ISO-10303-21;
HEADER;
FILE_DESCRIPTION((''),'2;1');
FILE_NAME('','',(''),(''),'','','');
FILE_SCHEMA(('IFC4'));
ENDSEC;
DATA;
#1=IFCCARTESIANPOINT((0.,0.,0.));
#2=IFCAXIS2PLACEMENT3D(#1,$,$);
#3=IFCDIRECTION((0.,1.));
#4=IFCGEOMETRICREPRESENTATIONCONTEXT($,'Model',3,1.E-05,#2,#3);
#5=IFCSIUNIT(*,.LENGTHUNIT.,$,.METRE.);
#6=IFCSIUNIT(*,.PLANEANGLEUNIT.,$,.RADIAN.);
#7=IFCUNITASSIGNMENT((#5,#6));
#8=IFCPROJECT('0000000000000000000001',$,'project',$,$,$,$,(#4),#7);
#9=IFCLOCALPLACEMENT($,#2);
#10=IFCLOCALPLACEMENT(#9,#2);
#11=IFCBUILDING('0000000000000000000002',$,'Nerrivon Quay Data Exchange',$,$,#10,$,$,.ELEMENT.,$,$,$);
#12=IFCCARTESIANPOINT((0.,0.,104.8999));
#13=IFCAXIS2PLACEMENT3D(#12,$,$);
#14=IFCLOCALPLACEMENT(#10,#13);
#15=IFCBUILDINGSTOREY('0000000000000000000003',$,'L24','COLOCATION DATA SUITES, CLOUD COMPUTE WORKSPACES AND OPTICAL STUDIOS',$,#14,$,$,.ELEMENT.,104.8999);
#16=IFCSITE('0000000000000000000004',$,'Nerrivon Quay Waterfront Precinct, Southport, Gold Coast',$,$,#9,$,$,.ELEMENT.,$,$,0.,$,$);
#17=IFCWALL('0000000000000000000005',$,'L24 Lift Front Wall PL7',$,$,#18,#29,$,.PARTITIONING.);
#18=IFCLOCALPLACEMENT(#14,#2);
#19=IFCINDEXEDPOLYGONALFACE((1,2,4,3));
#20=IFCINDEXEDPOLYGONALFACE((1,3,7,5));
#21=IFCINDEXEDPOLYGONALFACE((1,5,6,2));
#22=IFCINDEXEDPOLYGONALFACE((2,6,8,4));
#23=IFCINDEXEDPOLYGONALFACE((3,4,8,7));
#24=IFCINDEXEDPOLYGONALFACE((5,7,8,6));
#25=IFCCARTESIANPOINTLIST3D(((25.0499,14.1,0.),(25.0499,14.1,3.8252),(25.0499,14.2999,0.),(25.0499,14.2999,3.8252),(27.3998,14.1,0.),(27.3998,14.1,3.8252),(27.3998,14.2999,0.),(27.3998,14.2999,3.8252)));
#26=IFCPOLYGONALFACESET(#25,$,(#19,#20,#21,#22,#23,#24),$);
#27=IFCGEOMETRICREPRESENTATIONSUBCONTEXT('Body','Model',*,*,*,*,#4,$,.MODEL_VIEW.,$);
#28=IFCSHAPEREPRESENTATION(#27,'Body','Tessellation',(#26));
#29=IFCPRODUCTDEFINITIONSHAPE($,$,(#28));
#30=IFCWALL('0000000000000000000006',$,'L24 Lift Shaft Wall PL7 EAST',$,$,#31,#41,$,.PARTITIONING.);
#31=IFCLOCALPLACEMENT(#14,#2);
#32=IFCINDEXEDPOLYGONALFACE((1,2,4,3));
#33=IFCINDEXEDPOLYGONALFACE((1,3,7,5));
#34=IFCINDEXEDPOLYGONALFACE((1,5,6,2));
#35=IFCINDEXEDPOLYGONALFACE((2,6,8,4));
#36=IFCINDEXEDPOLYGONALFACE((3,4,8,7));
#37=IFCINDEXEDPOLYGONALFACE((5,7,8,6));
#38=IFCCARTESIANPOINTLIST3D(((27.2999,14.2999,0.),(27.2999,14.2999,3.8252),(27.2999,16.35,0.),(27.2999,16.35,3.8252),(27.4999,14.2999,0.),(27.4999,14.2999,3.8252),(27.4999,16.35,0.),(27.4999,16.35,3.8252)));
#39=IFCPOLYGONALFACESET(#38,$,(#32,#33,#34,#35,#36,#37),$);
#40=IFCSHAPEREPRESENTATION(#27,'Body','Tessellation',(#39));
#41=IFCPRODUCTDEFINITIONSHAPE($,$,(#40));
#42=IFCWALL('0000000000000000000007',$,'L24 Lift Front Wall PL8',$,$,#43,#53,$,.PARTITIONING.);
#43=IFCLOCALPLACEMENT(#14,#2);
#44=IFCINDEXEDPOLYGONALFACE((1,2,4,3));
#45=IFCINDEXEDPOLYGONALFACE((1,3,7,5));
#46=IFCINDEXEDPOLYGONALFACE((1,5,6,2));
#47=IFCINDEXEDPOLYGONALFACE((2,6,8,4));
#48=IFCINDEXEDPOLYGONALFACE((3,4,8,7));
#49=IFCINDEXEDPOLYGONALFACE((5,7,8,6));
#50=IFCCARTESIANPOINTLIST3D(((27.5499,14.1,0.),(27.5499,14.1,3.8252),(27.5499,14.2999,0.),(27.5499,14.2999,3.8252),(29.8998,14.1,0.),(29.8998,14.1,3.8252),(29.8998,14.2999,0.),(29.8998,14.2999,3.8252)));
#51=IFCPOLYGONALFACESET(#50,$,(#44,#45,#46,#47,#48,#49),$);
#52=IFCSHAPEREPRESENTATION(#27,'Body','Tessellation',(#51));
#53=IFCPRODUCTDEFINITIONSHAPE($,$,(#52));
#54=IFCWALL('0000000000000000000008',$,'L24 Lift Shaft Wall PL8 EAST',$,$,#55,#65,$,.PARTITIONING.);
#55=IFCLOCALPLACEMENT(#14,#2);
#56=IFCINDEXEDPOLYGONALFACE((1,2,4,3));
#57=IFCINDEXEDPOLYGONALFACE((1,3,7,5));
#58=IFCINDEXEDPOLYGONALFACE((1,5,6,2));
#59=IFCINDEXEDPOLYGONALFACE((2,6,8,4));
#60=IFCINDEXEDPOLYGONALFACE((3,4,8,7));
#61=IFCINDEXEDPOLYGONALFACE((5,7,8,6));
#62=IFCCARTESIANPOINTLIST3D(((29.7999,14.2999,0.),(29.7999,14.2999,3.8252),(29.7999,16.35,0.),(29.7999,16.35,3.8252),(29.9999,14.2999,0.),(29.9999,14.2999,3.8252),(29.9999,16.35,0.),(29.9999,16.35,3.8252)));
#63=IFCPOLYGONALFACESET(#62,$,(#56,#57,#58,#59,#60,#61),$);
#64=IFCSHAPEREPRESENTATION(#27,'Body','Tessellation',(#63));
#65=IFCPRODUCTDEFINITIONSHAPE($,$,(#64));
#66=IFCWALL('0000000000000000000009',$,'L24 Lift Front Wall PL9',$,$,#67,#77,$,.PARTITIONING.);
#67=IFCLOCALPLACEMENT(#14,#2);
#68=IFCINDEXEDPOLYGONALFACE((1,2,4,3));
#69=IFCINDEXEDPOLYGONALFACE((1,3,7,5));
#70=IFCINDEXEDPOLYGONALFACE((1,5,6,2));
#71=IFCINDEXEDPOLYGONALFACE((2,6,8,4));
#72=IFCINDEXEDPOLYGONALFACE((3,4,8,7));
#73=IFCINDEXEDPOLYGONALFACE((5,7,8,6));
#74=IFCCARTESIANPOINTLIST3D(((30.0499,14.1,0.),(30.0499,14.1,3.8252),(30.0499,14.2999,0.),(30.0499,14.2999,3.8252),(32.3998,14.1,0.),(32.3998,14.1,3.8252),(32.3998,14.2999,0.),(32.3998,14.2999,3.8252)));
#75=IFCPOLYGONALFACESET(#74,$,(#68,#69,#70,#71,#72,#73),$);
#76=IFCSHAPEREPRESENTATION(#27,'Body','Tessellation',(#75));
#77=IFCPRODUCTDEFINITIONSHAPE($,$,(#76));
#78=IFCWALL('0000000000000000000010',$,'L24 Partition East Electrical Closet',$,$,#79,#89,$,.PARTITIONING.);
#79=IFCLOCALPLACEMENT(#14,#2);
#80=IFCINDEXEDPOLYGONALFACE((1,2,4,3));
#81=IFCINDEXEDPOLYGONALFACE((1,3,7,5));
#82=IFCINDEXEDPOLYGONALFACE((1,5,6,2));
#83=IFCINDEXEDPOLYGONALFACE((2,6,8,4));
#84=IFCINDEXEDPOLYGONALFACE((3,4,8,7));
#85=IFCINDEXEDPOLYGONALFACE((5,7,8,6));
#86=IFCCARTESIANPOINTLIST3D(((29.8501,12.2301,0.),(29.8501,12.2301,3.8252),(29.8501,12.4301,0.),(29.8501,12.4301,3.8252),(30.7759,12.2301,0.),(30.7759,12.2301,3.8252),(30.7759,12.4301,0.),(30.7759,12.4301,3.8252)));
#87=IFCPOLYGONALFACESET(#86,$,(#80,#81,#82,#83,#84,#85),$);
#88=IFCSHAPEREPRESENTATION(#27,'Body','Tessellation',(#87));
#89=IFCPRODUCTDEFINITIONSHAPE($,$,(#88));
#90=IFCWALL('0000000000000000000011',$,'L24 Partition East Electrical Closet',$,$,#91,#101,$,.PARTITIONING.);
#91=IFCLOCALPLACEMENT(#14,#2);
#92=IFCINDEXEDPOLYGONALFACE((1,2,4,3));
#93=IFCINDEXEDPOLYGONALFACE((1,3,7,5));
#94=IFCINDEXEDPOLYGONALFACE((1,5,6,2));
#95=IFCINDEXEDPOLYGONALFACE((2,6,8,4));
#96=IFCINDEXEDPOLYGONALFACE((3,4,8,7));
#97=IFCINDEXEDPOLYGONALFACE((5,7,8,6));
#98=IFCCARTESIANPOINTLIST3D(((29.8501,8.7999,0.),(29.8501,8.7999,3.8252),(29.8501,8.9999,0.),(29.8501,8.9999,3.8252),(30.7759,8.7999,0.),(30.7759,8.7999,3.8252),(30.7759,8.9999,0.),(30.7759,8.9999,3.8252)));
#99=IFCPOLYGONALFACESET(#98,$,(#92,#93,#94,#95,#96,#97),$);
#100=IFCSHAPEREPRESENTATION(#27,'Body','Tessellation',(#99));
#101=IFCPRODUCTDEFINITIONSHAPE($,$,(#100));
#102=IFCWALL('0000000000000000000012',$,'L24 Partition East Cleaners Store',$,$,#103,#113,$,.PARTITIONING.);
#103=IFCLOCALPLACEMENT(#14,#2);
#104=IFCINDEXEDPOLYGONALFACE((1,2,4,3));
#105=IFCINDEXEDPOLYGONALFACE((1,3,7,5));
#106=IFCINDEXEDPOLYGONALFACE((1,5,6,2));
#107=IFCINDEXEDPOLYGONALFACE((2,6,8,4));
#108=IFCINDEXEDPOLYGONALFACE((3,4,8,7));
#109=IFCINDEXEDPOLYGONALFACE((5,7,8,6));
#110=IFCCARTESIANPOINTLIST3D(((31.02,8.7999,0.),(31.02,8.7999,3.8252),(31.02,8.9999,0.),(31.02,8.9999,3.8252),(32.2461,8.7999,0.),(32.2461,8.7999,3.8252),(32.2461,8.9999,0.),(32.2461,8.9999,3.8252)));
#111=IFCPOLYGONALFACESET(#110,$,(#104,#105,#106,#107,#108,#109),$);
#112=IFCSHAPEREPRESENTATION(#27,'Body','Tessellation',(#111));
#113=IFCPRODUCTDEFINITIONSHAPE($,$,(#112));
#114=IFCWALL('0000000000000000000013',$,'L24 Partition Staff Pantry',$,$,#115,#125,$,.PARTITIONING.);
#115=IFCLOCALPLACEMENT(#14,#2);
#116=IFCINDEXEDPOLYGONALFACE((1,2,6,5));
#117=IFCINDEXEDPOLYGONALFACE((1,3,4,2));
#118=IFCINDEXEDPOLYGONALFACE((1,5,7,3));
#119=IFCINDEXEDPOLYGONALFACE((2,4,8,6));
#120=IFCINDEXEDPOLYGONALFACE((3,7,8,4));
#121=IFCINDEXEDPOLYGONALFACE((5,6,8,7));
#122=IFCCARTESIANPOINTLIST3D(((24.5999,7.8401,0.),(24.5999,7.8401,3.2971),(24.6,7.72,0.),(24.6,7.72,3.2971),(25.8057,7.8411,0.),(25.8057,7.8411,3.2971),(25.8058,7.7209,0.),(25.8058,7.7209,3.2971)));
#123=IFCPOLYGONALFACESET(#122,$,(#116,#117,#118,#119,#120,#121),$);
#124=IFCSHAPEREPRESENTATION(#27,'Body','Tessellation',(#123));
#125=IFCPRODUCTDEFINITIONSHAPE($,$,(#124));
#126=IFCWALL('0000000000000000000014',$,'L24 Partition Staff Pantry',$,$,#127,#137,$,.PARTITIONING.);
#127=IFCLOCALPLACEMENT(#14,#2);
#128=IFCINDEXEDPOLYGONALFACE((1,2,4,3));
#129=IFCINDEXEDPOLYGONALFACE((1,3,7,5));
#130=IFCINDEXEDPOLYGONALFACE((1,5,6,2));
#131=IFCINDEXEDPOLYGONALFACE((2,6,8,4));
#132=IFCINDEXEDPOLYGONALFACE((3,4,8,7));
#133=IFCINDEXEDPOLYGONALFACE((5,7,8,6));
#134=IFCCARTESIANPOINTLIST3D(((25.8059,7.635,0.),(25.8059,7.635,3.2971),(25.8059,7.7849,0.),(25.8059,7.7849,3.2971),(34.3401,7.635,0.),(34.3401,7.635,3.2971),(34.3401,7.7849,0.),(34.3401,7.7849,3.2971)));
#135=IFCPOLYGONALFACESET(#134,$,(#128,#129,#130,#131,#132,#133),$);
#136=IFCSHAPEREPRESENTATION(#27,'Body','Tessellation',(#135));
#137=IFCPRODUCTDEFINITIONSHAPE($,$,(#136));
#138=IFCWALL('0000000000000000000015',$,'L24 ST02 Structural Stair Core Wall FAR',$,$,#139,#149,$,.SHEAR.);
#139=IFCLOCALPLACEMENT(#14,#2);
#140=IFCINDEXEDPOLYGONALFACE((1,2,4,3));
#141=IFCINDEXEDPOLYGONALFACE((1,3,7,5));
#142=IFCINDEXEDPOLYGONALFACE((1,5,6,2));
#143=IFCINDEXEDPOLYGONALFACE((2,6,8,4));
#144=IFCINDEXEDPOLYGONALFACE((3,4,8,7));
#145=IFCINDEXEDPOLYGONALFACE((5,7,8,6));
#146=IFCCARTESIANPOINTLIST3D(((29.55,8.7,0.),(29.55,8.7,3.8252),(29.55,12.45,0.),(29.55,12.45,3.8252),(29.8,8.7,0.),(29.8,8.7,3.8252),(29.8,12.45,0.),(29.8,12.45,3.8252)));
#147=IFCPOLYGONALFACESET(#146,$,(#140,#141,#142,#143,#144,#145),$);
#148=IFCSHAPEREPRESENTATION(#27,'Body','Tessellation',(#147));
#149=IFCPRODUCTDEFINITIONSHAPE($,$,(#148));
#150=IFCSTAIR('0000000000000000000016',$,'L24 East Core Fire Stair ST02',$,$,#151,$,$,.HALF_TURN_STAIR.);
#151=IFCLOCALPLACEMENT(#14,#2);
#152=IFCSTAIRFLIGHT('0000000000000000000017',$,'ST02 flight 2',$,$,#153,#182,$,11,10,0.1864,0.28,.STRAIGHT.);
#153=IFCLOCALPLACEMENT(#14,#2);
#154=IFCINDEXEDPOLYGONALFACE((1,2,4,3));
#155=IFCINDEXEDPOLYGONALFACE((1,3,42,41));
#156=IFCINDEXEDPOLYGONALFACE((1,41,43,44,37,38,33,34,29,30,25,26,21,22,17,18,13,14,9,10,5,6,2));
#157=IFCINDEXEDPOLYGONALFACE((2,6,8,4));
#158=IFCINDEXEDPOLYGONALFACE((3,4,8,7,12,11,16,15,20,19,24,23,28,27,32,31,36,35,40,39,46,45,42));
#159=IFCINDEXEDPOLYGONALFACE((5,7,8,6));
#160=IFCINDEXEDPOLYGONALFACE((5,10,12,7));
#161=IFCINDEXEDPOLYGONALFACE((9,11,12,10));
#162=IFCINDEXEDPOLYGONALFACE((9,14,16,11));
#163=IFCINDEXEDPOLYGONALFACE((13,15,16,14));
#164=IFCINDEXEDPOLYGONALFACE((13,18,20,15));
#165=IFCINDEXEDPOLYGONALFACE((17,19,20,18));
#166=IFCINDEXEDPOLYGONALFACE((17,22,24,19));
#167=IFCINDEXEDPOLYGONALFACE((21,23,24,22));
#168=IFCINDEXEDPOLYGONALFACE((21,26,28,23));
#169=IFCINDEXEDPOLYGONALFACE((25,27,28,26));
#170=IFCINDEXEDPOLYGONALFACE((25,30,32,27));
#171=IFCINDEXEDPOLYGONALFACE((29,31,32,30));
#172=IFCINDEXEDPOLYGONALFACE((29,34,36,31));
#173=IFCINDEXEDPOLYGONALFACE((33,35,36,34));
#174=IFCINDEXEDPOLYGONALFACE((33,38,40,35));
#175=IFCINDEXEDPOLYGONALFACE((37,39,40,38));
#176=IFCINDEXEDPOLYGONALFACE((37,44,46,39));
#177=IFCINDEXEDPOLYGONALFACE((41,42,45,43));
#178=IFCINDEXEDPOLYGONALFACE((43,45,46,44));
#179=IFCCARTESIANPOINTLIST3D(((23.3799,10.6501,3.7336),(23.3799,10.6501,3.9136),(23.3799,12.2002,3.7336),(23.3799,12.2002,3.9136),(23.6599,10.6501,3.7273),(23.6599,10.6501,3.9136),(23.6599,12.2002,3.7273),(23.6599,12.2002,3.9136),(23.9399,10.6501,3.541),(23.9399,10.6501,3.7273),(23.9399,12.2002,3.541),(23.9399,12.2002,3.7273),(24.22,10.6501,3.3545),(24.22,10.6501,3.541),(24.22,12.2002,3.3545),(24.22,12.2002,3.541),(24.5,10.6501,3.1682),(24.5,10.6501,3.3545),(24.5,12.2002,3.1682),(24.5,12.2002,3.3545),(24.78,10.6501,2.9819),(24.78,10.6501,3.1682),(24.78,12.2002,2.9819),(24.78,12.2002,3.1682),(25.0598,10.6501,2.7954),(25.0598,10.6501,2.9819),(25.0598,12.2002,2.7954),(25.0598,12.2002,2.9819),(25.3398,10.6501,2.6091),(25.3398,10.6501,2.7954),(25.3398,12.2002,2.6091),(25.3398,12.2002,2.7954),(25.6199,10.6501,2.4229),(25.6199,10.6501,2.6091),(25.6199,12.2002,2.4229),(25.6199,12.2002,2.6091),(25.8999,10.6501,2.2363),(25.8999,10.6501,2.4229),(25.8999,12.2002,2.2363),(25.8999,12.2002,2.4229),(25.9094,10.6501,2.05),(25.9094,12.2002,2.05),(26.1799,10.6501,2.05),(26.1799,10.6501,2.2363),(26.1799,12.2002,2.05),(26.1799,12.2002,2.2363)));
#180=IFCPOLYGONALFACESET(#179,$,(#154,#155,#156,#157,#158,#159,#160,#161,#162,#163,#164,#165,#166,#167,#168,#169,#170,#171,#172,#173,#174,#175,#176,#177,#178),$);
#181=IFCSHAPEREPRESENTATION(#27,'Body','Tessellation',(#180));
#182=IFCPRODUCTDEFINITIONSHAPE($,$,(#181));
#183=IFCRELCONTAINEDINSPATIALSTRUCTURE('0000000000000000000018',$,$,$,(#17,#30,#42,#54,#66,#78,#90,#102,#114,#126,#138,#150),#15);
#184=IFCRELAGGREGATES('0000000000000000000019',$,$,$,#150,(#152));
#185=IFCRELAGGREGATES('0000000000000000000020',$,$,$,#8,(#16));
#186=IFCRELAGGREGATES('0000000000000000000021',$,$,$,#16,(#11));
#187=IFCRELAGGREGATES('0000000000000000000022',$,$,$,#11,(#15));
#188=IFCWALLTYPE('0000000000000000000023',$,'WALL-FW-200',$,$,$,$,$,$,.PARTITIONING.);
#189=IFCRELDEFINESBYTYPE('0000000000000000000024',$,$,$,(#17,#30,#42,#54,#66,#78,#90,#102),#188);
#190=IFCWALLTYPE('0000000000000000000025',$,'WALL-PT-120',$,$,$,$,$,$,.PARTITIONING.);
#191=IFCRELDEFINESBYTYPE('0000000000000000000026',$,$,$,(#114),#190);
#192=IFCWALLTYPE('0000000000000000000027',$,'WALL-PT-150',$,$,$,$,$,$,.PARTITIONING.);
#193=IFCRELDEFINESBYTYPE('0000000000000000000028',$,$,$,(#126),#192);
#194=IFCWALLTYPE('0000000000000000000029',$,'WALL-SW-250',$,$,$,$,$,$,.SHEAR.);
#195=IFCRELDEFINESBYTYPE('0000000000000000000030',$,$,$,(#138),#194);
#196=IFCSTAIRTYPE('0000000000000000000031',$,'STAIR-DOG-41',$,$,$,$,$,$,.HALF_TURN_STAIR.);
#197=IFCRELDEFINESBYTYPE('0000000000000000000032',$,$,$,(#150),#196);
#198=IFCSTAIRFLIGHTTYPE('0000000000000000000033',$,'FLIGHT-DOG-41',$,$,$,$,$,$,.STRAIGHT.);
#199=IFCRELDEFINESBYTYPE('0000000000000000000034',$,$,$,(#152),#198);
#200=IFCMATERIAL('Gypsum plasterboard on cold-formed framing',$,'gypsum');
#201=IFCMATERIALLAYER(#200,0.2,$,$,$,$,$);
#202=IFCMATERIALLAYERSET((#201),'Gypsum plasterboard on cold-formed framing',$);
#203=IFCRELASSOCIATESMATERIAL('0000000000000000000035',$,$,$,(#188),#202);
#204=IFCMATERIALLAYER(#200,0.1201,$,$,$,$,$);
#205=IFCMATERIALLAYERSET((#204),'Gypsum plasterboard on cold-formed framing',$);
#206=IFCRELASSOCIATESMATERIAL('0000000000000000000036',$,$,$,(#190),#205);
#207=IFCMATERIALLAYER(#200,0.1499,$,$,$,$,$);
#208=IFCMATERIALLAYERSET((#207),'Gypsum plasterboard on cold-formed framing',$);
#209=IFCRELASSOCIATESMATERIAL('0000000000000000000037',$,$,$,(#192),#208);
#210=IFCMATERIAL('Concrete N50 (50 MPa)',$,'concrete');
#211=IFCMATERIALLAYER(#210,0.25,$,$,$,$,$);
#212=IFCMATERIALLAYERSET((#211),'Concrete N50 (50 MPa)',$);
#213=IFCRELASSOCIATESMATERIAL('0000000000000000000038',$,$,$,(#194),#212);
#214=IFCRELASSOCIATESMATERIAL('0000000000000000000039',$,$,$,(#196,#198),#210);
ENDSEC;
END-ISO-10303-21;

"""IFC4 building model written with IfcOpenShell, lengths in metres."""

from ifc_helpers import new_model, si_unit, direction, frame, frame_2d, origin, place, context, subcontext, project, spatial, polyline, rectangle, outline, extrude, material, layer, layer_set, type_object, element, aggregate, save


model = new_model("IFC4")

# Units and contexts
model_context = context("Model", 3, precision=1e-05, world=origin(), true_north=direction((0.0, 1.0)))
body_context = subcontext(model_context, "Body", "Model", "MODEL_VIEW")
ifc_project = project(units=[si_unit("LENGTHUNIT", "METRE"), si_unit("PLANEANGLEUNIT", "RADIAN")], contexts=[model_context])

# Site, building, storey
site_placement = place(None, origin())
site = spatial("IfcSite", under=ifc_project, at=site_placement, Name="Nerrivon Quay Waterfront Precinct, Southport, Gold Coast", CompositionType="ELEMENT", RefElevation=0.0)
building_placement = place(site_placement, origin())
building = spatial("IfcBuilding", under=site, at=building_placement, Name="Nerrivon Quay Data Exchange", CompositionType="ELEMENT")
storey_placement = place(building_placement, frame((0.0, 0.0, 104.8999)))
storey = spatial("IfcBuildingStorey", under=building, at=storey_placement, Name="L24", Description="COLOCATION DATA SUITES, CLOUD COMPUTE WORKSPACES AND OPTICAL STUDIOS", CompositionType="ELEMENT", Elevation=104.8999)

# Shared definitions
ifc_material_1 = material(Name="Concrete N50 (50 MPa)", Category="concrete")

# Walls
ifc_material_2 = material(Name="Gypsum plasterboard on cold-formed framing", Category="gypsum")
ifc_layer_1 = layer(ifc_material_2, 0.2)
ifc_layer_set_1 = layer_set([ifc_layer_1], Name="Gypsum plasterboard on cold-formed framing")
wall_type_1 = type_object("IfcWallType", Name="WALL-FW-200", PredefinedType="PARTITIONING", material=ifc_layer_set_1)
wall_1_placement = place(storey_placement, frame((25.05, 14.2, 0.0), z_axis=(0.0, 0.0, 1.0), x_axis=(1.0, 0.0, 0.0)))
element("IfcWall", 1, at=wall_1_placement, inside=storey, type_object=wall_type_1, Name="L24 Lift Front Wall PL7", PredefinedType="PARTITIONING", context=body_context, shape_type="SweptSolid", body=[
    extrude(rectangle(XDim=2.3499, YDim=0.2, at=frame_2d((1.1748, 0.0))), origin(), (0.0, 0.0, 1.0), 3.8252),
])
wall_2_placement = place(storey_placement, frame((27.3999, 14.3, 0.0), z_axis=(0.0, 0.0, 1.0), x_axis=(0.0, 1.0, 0.0)))
element("IfcWall", 2, at=wall_2_placement, inside=storey, type_object=wall_type_1, Name="L24 Lift Shaft Wall PL7 EAST", PredefinedType="PARTITIONING", context=body_context, shape_type="SweptSolid", body=[
    extrude(rectangle(XDim=2.05, YDim=0.2, at=frame_2d((1.0249, 0.0))), origin(), (0.0, 0.0, 1.0), 3.8252),
])
wall_3_placement = place(storey_placement, frame((27.55, 14.2, 0.0), z_axis=(0.0, 0.0, 1.0), x_axis=(1.0, 0.0, 0.0)))
element("IfcWall", 3, at=wall_3_placement, inside=storey, type_object=wall_type_1, Name="L24 Lift Front Wall PL8", PredefinedType="PARTITIONING", context=body_context, shape_type="SweptSolid", body=[
    extrude(rectangle(XDim=2.3499, YDim=0.2, at=frame_2d((1.1748, 0.0))), origin(), (0.0, 0.0, 1.0), 3.8252),
])
wall_4_placement = place(storey_placement, frame((29.8999, 14.3, 0.0), z_axis=(0.0, 0.0, 1.0), x_axis=(0.0, 1.0, 0.0)))
element("IfcWall", 4, at=wall_4_placement, inside=storey, type_object=wall_type_1, Name="L24 Lift Shaft Wall PL8 EAST", PredefinedType="PARTITIONING", context=body_context, shape_type="SweptSolid", body=[
    extrude(rectangle(XDim=2.05, YDim=0.2, at=frame_2d((1.0249, 0.0))), origin(), (0.0, 0.0, 1.0), 3.8252),
])
wall_5_placement = place(storey_placement, frame((30.05, 14.2, 0.0), z_axis=(0.0, 0.0, 1.0), x_axis=(1.0, 0.0, 0.0)))
element("IfcWall", 5, at=wall_5_placement, inside=storey, type_object=wall_type_1, Name="L24 Lift Front Wall PL9", PredefinedType="PARTITIONING", context=body_context, shape_type="SweptSolid", body=[
    extrude(rectangle(XDim=2.3499, YDim=0.2, at=frame_2d((1.1748, 0.0))), origin(), (0.0, 0.0, 1.0), 3.8252),
])

# Walls
for number, where, z_axis, x_axis, name in (
    (6, (30.7759, 12.3301, 0.0), (0.0, 0.0, 1.0), (-1.0, 0.0, 0.0), "L24 Partition East Electrical Closet"),
    (7, (29.8501, 8.8999, 0.0), (0.0, 0.0, 1.0), (1.0, 0.0, 0.0), "L24 Partition East Electrical Closet"),
):
    element("IfcWall", number, at=place(storey_placement, frame(where, z_axis=z_axis, x_axis=x_axis)), inside=storey, type_object=wall_type_1, Name=name, PredefinedType="PARTITIONING", context=body_context, shape_type="SweptSolid", body=[
        extrude(rectangle(XDim=0.9258, YDim=0.2, at=frame_2d((0.4629, 0.0))), origin(), (0.0, 0.0, 1.0), 3.8252),
    ])

# Walls
wall_6_placement = place(storey_placement, frame((31.02, 8.8999, 0.0), z_axis=(0.0, 0.0, 1.0), x_axis=(1.0, 0.0, 0.0)))
element("IfcWall", 8, at=wall_6_placement, inside=storey, type_object=wall_type_1, Name="L24 Partition East Cleaners Store", PredefinedType="PARTITIONING", context=body_context, shape_type="SweptSolid", body=[
    extrude(rectangle(XDim=1.2261, YDim=0.2, at=frame_2d((0.613, 0.0))), origin(), (0.0, 0.0, 1.0), 3.8252),
])
ifc_layer_2 = layer(ifc_material_2, 0.1201)
ifc_layer_set_2 = layer_set([ifc_layer_2], Name="Gypsum plasterboard on cold-formed framing")
wall_type_2 = type_object("IfcWallType", Name="WALL-PT-120", PredefinedType="PARTITIONING", material=ifc_layer_set_2)
wall_7_placement = place(storey_placement, frame((25.8059, 7.781, 0.0), z_axis=(0.0, 0.0, 1.0), x_axis=(-1.0, -0.00081, 0.0)))
element("IfcWall", 9, at=wall_7_placement, inside=storey, type_object=wall_type_2, Name="L24 Partition Staff Pantry", PredefinedType="PARTITIONING", context=body_context, shape_type="SweptSolid", body=[
    extrude(rectangle(XDim=1.2058, YDim=0.1201, at=frame_2d((0.603, 0.0))), origin(), (0.0, 0.0, 1.0), 3.2971),
])
ifc_layer_3 = layer(ifc_material_2, 0.1499)
ifc_layer_set_3 = layer_set([ifc_layer_3], Name="Gypsum plasterboard on cold-formed framing")
wall_type_3 = type_object("IfcWallType", Name="WALL-PT-150", PredefinedType="PARTITIONING", material=ifc_layer_set_3)
wall_8_placement = place(storey_placement, frame((25.8059, 7.71, 0.0), z_axis=(0.0, 0.0, 1.0), x_axis=(1.0, 0.0, 0.0)))
element("IfcWall", 10, at=wall_8_placement, inside=storey, type_object=wall_type_3, Name="L24 Partition Staff Pantry", PredefinedType="PARTITIONING", context=body_context, shape_type="SweptSolid", body=[
    extrude(rectangle(XDim=8.5342, YDim=0.1499, at=frame_2d((4.2671, 0.0))), origin(), (0.0, 0.0, 1.0), 3.2971),
])
ifc_layer_4 = layer(ifc_material_1, 0.25)
ifc_layer_set_4 = layer_set([ifc_layer_4], Name="Concrete N50 (50 MPa)")
wall_type_4 = type_object("IfcWallType", Name="WALL-SW-250", PredefinedType="SHEAR", material=ifc_layer_set_4)
wall_9_placement = place(storey_placement, frame((29.675, 8.7, 0.0), z_axis=(0.0, 0.0, 1.0), x_axis=(0.0, 1.0, 0.0)))
element("IfcWall", 11, at=wall_9_placement, inside=storey, type_object=wall_type_4, Name="L24 ST02 Structural Stair Core Wall FAR", PredefinedType="SHEAR", context=body_context, shape_type="SweptSolid", body=[
    extrude(rectangle(XDim=3.75, YDim=0.25, at=frame_2d((1.875, 0.0))), origin(), (0.0, 0.0, 1.0), 3.8252),
])

# Stair, stair flight
stair_type = type_object("IfcStairType", Name="STAIR-DOG-41", PredefinedType="HALF_TURN_STAIR", material=ifc_material_1)
stair_placement = place(storey_placement, origin())
stair = element("IfcStair", 12, at=stair_placement, inside=storey, type_object=stair_type, Name="L24 East Core Fire Stair ST02", PredefinedType="HALF_TURN_STAIR")
stair_flight_type = type_object("IfcStairFlightType", Name="FLIGHT-DOG-41", PredefinedType="STRAIGHT", material=ifc_material_1)
stair_flight_placement = place(storey_placement, frame((26.1799, 11.425, 2.05), z_axis=(0.0, 0.0, 1.0), x_axis=(-1.0, 0.0, 0.0)))
stair_flight = element("IfcStairFlight", 13, at=stair_flight_placement, type_object=stair_flight_type, Name="ST02 flight 2", NumberOfRisers=11, NumberOfTreads=10, PredefinedType="STRAIGHT", RiserHeight=0.1864, TreadLength=0.28, context=body_context, shape_type="SweptSolid", body=[
    extrude(outline(polyline([(0.0, 0.0), (0.0, 0.1863), (0.28, 0.1863), (0.28, 0.3728), (0.5601, 0.3728), (0.5601, 0.5591), (0.8401, 0.5591), (0.8401, 0.7454), (1.1201, 0.7454), (1.1201, 0.9319), (1.3999, 0.9319), (1.3999, 1.1182), (1.6799, 1.1182), (1.6799, 1.3044), (1.96, 1.3044), (1.96, 1.491), (2.24, 1.491), (2.24, 1.6772), (2.52, 1.6772), (2.52, 1.8635), (2.8, 1.8635), (2.8, 2.05), (2.8, 1.6836), (0.2705, 0.0), (0.0, 0.0)])), frame((0.0, 0.7749, 0.0), z_axis=(0.0, -1.0, 0.0), x_axis=(1.0, 0.0, 0.0)), (0.0, 0.0, 1.0), 1.55),
])
aggregate(stair, [stair_flight])

save(model, "model.ifc")
